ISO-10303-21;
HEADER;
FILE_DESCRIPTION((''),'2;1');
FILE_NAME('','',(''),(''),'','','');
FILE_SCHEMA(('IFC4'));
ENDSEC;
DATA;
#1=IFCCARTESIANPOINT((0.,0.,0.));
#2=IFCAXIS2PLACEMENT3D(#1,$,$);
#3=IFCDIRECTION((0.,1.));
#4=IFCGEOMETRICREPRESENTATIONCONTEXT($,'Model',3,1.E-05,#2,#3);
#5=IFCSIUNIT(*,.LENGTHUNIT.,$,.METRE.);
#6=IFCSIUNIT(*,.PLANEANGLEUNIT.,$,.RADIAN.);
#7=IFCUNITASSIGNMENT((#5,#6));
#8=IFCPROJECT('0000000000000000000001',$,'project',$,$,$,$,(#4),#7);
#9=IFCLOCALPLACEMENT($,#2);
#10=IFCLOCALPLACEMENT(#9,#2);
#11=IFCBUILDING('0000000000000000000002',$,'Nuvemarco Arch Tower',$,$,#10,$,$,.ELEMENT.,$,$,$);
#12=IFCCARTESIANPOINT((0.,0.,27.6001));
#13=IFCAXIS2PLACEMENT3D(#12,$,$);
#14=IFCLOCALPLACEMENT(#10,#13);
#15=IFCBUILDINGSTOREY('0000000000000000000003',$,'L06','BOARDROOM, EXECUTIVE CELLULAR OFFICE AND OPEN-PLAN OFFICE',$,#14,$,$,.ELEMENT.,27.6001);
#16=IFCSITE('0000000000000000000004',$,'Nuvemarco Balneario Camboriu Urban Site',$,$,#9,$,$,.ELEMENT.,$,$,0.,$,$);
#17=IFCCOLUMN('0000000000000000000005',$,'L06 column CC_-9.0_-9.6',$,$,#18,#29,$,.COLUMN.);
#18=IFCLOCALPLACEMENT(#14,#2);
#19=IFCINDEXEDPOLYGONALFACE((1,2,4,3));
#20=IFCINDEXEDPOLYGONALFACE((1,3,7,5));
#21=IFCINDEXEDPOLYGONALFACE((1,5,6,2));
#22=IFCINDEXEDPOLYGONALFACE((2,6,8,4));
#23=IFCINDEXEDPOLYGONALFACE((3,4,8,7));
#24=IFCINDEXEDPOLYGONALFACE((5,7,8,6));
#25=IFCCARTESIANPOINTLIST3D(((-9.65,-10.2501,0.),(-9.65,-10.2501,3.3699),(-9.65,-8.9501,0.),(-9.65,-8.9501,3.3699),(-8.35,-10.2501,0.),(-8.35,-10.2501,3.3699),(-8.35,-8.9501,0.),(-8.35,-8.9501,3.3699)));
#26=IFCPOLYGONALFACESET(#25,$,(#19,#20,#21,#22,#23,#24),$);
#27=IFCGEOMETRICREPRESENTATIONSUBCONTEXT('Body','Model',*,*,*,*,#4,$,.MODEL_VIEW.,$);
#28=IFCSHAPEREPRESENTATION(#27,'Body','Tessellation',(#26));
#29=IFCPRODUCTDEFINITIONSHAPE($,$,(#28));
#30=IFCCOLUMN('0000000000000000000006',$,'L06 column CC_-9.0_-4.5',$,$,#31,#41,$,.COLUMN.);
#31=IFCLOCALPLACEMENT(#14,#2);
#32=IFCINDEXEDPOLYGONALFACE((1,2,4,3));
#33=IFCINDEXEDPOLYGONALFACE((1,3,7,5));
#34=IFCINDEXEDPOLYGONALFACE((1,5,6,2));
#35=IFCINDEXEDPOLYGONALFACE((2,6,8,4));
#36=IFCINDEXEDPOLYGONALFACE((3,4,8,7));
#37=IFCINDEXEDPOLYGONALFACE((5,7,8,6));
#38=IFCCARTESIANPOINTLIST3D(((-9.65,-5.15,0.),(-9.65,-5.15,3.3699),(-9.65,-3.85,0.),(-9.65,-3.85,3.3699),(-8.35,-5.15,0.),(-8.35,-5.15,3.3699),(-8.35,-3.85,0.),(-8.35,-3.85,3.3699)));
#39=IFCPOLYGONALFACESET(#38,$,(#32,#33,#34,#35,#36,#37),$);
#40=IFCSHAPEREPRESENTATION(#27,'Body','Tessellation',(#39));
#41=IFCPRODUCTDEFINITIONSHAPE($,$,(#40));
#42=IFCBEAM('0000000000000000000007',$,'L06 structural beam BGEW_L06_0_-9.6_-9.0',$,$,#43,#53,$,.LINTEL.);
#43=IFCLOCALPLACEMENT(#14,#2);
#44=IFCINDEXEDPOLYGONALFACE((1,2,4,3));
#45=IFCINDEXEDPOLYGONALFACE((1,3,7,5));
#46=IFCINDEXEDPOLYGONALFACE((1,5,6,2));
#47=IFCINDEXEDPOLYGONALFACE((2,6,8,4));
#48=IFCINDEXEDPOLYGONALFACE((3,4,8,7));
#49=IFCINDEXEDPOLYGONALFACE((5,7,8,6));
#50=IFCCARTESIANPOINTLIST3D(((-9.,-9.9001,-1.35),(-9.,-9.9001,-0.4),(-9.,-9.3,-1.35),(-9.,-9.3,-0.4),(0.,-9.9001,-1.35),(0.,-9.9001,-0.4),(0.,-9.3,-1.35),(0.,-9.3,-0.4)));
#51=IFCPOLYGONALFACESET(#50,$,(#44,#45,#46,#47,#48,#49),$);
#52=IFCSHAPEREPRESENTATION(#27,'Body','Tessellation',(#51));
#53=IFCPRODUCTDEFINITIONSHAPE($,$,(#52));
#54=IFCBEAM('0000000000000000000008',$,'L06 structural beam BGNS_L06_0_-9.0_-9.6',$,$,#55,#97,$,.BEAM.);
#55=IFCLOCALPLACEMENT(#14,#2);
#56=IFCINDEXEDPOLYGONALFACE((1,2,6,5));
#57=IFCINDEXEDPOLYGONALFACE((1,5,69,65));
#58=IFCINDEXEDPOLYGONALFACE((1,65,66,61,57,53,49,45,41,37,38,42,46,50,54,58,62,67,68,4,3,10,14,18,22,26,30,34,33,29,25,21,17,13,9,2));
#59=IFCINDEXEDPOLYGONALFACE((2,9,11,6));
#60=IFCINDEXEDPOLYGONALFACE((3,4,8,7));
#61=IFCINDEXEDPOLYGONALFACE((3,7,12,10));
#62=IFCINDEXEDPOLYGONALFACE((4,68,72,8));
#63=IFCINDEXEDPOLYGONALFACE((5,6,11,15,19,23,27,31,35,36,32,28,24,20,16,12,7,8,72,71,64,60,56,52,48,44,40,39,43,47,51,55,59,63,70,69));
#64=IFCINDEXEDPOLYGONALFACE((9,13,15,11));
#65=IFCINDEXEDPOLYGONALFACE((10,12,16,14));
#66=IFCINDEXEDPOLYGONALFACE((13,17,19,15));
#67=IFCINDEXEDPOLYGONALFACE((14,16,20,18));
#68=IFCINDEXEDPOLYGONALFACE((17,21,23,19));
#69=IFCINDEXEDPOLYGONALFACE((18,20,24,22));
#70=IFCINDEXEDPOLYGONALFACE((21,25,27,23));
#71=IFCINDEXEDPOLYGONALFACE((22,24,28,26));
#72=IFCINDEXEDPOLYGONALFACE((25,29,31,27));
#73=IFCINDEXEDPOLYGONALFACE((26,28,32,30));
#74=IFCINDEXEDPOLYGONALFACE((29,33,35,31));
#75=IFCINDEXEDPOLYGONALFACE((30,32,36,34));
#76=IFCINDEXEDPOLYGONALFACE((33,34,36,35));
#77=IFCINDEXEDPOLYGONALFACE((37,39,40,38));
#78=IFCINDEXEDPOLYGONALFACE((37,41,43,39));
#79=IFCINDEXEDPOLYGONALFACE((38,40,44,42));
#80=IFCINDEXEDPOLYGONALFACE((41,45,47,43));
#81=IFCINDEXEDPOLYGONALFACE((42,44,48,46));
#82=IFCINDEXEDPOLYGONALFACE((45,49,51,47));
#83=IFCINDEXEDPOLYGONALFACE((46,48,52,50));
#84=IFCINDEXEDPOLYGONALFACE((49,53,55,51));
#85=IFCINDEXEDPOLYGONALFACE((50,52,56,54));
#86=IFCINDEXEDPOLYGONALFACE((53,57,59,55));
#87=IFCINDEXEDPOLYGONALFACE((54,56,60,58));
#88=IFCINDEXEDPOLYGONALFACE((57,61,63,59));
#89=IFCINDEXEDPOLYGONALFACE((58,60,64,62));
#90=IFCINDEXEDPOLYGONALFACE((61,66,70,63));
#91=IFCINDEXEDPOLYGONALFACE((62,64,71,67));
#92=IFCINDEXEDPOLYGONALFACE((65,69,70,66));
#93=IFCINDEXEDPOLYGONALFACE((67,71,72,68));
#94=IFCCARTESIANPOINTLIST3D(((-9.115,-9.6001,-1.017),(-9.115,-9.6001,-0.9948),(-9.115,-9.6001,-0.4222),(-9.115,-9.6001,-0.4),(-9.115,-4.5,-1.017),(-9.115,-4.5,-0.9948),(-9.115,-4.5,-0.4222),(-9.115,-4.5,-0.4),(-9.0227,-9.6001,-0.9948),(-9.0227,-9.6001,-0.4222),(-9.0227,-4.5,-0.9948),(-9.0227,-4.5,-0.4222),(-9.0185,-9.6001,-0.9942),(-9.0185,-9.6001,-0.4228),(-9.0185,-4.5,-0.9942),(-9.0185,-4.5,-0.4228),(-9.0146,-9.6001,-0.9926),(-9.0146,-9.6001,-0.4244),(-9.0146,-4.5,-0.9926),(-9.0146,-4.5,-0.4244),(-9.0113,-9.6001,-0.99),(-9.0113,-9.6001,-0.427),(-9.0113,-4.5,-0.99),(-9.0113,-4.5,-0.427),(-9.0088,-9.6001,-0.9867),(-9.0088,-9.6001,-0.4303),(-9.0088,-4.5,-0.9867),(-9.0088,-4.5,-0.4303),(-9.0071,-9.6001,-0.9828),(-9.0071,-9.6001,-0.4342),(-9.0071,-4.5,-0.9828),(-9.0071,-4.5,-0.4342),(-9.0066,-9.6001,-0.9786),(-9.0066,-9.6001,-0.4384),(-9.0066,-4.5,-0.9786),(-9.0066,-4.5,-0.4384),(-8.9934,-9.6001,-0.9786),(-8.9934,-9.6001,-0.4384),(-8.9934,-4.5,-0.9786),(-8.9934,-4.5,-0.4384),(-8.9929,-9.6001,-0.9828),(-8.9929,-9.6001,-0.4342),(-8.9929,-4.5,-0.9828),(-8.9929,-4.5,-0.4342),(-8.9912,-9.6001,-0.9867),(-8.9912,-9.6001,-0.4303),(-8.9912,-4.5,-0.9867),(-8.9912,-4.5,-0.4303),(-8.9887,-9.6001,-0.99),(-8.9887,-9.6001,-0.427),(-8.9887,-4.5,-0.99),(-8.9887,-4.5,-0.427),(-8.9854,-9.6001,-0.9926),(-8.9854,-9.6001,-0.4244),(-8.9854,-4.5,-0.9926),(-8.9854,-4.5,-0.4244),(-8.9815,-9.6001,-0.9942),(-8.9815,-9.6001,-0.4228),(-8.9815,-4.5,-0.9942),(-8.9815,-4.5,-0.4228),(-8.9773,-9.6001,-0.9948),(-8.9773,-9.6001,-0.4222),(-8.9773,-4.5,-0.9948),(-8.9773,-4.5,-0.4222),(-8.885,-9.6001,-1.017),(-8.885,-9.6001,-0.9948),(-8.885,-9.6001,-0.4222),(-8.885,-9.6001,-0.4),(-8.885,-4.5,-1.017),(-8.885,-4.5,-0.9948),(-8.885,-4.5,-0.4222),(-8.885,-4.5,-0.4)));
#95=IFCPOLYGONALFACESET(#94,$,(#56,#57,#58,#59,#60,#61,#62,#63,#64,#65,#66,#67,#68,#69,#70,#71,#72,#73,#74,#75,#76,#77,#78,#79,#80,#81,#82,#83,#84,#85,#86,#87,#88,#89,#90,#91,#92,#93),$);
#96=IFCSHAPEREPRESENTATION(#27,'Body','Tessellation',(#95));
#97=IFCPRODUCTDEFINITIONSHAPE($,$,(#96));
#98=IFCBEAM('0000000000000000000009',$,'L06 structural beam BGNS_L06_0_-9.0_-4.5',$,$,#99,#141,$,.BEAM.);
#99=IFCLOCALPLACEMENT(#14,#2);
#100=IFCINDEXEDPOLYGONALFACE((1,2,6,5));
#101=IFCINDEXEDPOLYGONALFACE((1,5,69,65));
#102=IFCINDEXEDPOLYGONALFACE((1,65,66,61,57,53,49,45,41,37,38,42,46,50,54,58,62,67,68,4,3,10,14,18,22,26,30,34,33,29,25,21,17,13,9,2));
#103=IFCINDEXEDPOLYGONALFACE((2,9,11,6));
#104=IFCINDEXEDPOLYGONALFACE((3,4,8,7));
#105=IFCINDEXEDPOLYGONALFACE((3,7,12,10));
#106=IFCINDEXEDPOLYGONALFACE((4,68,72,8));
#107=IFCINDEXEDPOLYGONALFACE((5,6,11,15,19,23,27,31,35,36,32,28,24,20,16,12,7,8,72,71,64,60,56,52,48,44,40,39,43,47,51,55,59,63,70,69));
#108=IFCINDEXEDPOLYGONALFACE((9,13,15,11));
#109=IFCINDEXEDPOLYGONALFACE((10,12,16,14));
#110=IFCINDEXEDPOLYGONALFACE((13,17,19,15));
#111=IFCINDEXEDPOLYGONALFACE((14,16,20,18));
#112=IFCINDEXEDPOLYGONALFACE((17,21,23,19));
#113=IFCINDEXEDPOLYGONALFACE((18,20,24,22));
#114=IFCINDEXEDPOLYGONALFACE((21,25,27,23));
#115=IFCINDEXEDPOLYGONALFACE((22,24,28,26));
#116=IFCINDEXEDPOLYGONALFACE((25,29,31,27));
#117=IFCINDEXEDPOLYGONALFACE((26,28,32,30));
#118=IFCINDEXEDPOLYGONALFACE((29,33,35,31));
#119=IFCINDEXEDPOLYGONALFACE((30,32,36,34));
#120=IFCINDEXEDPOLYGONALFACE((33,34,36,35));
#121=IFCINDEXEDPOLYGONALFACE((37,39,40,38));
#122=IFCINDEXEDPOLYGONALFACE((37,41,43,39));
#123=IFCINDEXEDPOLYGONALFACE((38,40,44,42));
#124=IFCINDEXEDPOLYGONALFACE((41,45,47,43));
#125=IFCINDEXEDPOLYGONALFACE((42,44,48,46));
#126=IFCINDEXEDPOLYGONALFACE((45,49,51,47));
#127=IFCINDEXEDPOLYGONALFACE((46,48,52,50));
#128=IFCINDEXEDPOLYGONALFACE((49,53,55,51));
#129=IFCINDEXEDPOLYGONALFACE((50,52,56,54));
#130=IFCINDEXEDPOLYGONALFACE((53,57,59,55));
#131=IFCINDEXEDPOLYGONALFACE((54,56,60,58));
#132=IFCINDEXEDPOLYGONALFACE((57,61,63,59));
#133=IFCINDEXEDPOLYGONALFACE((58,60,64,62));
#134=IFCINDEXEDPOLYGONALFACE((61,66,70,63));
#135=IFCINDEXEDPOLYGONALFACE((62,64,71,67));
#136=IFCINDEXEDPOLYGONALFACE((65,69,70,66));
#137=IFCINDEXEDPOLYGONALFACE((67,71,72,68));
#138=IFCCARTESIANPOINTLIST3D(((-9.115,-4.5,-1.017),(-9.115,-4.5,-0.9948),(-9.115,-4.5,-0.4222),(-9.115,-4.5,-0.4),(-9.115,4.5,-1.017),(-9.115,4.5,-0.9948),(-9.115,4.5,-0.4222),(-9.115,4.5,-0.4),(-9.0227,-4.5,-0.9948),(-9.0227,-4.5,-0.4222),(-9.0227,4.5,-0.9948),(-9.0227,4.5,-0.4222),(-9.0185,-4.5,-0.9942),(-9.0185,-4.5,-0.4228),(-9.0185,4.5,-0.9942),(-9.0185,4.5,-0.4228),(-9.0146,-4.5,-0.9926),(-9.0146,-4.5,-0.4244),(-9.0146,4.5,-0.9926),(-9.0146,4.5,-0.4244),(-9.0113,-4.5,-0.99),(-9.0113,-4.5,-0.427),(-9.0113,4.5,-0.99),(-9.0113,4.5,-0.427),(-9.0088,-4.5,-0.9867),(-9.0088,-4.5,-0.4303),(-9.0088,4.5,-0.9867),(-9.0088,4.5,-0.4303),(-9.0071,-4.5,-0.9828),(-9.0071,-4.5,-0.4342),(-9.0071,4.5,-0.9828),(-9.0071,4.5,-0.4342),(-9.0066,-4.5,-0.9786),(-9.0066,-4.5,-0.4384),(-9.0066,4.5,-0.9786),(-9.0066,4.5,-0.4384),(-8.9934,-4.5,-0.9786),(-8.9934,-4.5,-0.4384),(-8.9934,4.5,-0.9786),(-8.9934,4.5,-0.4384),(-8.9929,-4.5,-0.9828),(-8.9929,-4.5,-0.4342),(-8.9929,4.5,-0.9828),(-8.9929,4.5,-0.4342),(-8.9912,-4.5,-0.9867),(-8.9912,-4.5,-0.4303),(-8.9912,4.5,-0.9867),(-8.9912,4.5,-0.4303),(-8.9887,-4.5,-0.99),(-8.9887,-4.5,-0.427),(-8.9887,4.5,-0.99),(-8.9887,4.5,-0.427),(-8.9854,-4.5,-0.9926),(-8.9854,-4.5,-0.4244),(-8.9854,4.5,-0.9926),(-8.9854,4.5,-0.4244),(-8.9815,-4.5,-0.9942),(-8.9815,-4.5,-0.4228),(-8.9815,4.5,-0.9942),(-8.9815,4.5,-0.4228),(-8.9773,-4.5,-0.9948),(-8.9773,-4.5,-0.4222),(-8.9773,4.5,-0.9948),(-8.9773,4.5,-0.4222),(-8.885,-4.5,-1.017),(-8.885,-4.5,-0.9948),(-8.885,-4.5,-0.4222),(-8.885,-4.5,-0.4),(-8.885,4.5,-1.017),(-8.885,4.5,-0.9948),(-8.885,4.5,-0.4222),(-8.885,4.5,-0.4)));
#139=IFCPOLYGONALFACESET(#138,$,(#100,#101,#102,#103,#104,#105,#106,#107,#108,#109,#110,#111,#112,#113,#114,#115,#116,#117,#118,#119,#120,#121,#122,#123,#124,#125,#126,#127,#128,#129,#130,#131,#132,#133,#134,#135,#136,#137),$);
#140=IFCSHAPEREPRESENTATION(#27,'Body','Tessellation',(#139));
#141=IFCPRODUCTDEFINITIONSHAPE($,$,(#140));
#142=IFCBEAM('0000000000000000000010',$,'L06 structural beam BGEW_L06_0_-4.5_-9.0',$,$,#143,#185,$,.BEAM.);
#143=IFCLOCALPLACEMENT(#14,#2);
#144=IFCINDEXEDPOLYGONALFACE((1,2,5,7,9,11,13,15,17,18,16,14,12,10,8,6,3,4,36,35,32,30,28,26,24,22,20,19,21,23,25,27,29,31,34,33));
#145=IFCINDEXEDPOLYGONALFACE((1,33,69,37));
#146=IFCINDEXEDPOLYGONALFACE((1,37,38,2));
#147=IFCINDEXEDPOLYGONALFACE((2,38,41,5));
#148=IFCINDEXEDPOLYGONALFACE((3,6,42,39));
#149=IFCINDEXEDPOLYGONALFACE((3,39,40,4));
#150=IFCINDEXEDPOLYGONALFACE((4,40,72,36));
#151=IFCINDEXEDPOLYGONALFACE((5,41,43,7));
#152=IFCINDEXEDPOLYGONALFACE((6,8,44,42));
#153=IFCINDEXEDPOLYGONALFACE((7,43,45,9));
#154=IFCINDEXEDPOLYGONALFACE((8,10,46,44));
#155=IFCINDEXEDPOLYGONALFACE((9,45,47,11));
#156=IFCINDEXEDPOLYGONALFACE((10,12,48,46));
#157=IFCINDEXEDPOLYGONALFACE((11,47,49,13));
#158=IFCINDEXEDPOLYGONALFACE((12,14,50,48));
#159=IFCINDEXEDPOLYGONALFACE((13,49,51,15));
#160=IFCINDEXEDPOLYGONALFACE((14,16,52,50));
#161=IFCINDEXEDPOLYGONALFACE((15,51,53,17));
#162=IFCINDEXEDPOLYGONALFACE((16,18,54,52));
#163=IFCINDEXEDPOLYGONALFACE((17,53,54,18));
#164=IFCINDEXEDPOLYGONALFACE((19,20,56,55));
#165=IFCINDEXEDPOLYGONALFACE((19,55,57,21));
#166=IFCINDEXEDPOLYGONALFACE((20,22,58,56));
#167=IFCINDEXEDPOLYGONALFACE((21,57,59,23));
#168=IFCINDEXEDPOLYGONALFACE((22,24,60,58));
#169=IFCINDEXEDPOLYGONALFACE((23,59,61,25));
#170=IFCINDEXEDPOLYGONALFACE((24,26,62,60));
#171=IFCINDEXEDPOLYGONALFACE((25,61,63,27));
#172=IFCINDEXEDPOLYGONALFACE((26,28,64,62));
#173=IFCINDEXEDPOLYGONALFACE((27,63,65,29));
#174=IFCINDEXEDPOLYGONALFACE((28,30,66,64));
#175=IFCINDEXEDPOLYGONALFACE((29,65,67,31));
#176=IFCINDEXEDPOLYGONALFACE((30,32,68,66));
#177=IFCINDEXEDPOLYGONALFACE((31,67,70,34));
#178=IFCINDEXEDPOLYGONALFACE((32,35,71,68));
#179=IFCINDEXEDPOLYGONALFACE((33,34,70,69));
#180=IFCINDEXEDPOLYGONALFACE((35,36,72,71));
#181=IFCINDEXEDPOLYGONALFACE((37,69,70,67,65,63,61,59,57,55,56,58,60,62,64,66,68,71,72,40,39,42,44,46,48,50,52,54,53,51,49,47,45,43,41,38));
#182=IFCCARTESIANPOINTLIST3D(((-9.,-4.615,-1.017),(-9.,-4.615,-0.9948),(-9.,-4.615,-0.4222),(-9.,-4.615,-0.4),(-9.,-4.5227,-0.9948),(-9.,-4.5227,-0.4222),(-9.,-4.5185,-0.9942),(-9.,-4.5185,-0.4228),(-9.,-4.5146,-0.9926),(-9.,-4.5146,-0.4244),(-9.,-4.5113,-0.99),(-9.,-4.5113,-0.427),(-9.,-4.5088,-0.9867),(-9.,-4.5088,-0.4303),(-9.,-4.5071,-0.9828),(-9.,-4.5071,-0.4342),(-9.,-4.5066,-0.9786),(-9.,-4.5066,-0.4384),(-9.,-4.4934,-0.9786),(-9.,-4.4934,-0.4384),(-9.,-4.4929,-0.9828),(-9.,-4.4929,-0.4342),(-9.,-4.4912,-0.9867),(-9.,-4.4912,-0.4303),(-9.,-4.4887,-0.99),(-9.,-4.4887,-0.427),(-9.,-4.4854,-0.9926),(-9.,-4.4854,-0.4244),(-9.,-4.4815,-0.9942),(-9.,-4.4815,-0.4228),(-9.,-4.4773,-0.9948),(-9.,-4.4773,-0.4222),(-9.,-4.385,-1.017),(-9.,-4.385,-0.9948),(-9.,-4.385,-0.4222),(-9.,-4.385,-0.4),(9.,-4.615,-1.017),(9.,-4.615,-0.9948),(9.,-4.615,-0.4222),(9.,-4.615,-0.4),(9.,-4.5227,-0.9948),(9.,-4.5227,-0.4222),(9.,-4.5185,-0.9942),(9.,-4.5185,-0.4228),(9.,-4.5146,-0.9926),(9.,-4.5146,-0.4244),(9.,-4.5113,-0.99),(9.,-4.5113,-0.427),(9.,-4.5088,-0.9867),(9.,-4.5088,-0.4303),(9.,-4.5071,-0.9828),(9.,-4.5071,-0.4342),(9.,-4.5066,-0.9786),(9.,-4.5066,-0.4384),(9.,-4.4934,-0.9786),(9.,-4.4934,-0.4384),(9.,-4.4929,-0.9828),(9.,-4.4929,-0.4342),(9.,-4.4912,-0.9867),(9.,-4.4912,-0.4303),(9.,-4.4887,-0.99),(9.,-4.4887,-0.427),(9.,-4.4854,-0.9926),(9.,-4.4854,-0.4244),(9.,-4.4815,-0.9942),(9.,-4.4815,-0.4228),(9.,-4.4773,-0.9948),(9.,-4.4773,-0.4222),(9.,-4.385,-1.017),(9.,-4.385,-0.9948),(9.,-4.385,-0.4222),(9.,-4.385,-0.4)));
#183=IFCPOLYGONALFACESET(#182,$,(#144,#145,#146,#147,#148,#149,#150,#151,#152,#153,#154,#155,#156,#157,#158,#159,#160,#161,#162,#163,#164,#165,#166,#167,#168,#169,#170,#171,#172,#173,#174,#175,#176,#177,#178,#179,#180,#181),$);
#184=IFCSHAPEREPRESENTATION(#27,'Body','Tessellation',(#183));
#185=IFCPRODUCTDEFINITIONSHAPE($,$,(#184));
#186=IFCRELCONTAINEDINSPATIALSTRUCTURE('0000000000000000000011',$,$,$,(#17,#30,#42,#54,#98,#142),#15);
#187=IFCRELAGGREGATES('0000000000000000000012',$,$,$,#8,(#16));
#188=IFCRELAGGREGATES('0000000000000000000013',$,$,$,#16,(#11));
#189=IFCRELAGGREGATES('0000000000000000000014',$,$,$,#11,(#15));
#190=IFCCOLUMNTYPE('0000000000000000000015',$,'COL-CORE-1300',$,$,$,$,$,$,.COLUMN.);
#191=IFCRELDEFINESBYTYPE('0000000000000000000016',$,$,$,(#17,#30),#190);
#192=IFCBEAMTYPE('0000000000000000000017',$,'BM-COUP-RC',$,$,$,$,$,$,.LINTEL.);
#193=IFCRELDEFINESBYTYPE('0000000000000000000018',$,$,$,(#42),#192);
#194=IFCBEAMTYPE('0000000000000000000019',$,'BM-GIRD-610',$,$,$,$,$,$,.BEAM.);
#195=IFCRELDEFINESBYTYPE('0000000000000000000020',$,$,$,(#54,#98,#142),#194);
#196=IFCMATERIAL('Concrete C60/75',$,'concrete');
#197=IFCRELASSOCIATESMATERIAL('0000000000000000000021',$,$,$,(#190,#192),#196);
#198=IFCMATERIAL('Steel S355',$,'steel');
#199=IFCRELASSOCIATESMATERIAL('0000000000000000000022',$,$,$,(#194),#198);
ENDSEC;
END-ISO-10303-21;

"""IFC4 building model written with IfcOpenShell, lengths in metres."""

from ifc_helpers import new_model, si_unit, direction, frame, origin, origin_2d, place, context, subcontext, project, spatial, rectangle, i_section, extrude, material, material_profile, profile_set, type_object, element, save


model = new_model("IFC4")

# Units and contexts
model_context = context("Model", 3, precision=1e-05, world=origin(), true_north=direction((0.0, 1.0)))
body_context = subcontext(model_context, "Body", "Model", "MODEL_VIEW")
ifc_project = project(units=[si_unit("LENGTHUNIT", "METRE"), si_unit("PLANEANGLEUNIT", "RADIAN")], contexts=[model_context])

# Site, building, storey
site_placement = place(None, origin())
site = spatial("IfcSite", under=ifc_project, at=site_placement, Name="Nuvemarco Balneario Camboriu Urban Site", CompositionType="ELEMENT", RefElevation=0.0)
building_placement = place(site_placement, origin())
building = spatial("IfcBuilding", under=site, at=building_placement, Name="Nuvemarco Arch Tower", CompositionType="ELEMENT")
storey_placement = place(building_placement, frame((0.0, 0.0, 27.6001)))
storey = spatial("IfcBuildingStorey", under=building, at=storey_placement, Name="L06", Description="BOARDROOM, EXECUTIVE CELLULAR OFFICE AND OPEN-PLAN OFFICE", CompositionType="ELEMENT", Elevation=27.6001)

# Columns
ifc_material_1 = material(Name="Concrete C60/75", Category="concrete")
ifc_material_profile_1 = material_profile(ifc_material_1, rectangle(XDim=1.3, YDim=1.3, at=origin_2d()), Name="RC-COL-1300x1300")
ifc_profile_set_1 = profile_set([ifc_material_profile_1], Name="Concrete C60/75")
column_type = type_object("IfcColumnType", Name="COL-CORE-1300", PredefinedType="COLUMN", material=ifc_profile_set_1)
for number, where, z_axis, x_axis, name in (
    (1, (-9.0, -9.6001, 0.0), (0.0, 0.0, 1.0), (1.0, 0.0, 0.0), "L06 column CC_-9.0_-9.6"),
    (2, (-9.0, -4.5, 0.0), (0.0, 0.0, 1.0), (1.0, 0.0, 0.0), "L06 column CC_-9.0_-4.5"),
):
    element("IfcColumn", number, at=place(storey_placement, frame(where, z_axis=z_axis, x_axis=x_axis)), inside=storey, type_object=column_type, Name=name, PredefinedType="COLUMN", context=body_context, shape_type="SweptSolid", body=[
        extrude(rectangle(XDim=1.3, YDim=1.3, at=origin_2d()), origin(), (0.0, 0.0, 1.0), 3.3699),
    ])

# Beams
ifc_material_profile_2 = material_profile(ifc_material_1, rectangle(XDim=0.6001, YDim=0.95, at=origin_2d()), Name="RC-BM-600x950")
ifc_profile_set_2 = profile_set([ifc_material_profile_2], Name="Concrete C60/75")
beam_type_1 = type_object("IfcBeamType", Name="BM-COUP-RC", PredefinedType="LINTEL", material=ifc_profile_set_2)
beam_1_placement = place(storey_placement, frame((-9.0, -9.6001, -0.875), z_axis=(1.0, 0.0, 0.0), x_axis=(0.0, 1.0, 0.0)))
element("IfcBeam", 3, at=beam_1_placement, inside=storey, type_object=beam_type_1, Name="L06 structural beam BGEW_L06_0_-9.6_-9.0", PredefinedType="LINTEL", context=body_context, shape_type="SweptSolid", body=[
    extrude(rectangle(XDim=0.6001, YDim=0.95, at=origin_2d()), origin(), (0.0, 0.0, 1.0), 9.0),
])
ifc_material_2 = material(Name="Steel S355", Category="steel")
ifc_material_profile_3 = material_profile(ifc_material_2, i_section(OverallWidth=0.23, OverallDepth=0.6169, WebThickness=0.0132, FlangeThickness=0.0222, FilletRadius=0.0161, at=origin_2d()), Name="W610x140")
ifc_profile_set_3 = profile_set([ifc_material_profile_3], Name="Steel S355")
beam_type_2 = type_object("IfcBeamType", Name="BM-GIRD-610", PredefinedType="BEAM", material=ifc_profile_set_3)
beam_2_placement = place(storey_placement, frame((-9.0, -9.6001, -0.7085), z_axis=(0.0, 1.0, 0.0), x_axis=(-1.0, 0.0, 0.0)))
element("IfcBeam", 4, at=beam_2_placement, inside=storey, type_object=beam_type_2, Name="L06 structural beam BGNS_L06_0_-9.0_-9.6", PredefinedType="BEAM", context=body_context, shape_type="SweptSolid", body=[
    extrude(i_section(OverallWidth=0.23, OverallDepth=0.6169, WebThickness=0.0132, FlangeThickness=0.0222, FilletRadius=0.0161, at=origin_2d()), origin(), (0.0, 0.0, 1.0), 5.1001),
])
beam_3_placement = place(storey_placement, frame((-9.0, -4.5, -0.7085), z_axis=(0.0, 1.0, 0.0), x_axis=(-1.0, 0.0, 0.0)))
element("IfcBeam", 5, at=beam_3_placement, inside=storey, type_object=beam_type_2, Name="L06 structural beam BGNS_L06_0_-9.0_-4.5", PredefinedType="BEAM", context=body_context, shape_type="SweptSolid", body=[
    extrude(i_section(OverallWidth=0.23, OverallDepth=0.6169, WebThickness=0.0132, FlangeThickness=0.0222, FilletRadius=0.0161, at=origin_2d()), origin(), (0.0, 0.0, 1.0), 9.0),
])
beam_4_placement = place(storey_placement, frame((-9.0, -4.5, -0.7085), z_axis=(1.0, 0.0, 0.0), x_axis=(0.0, 1.0, 0.0)))
element("IfcBeam", 6, at=beam_4_placement, inside=storey, type_object=beam_type_2, Name="L06 structural beam BGEW_L06_0_-4.5_-9.0", PredefinedType="BEAM", context=body_context, shape_type="SweptSolid", body=[
    extrude(i_section(OverallWidth=0.23, OverallDepth=0.6169, WebThickness=0.0132, FlangeThickness=0.0222, FilletRadius=0.0161, at=origin_2d()), origin(), (0.0, 0.0, 1.0), 18.0),
])

save(model, "model.ifc")
